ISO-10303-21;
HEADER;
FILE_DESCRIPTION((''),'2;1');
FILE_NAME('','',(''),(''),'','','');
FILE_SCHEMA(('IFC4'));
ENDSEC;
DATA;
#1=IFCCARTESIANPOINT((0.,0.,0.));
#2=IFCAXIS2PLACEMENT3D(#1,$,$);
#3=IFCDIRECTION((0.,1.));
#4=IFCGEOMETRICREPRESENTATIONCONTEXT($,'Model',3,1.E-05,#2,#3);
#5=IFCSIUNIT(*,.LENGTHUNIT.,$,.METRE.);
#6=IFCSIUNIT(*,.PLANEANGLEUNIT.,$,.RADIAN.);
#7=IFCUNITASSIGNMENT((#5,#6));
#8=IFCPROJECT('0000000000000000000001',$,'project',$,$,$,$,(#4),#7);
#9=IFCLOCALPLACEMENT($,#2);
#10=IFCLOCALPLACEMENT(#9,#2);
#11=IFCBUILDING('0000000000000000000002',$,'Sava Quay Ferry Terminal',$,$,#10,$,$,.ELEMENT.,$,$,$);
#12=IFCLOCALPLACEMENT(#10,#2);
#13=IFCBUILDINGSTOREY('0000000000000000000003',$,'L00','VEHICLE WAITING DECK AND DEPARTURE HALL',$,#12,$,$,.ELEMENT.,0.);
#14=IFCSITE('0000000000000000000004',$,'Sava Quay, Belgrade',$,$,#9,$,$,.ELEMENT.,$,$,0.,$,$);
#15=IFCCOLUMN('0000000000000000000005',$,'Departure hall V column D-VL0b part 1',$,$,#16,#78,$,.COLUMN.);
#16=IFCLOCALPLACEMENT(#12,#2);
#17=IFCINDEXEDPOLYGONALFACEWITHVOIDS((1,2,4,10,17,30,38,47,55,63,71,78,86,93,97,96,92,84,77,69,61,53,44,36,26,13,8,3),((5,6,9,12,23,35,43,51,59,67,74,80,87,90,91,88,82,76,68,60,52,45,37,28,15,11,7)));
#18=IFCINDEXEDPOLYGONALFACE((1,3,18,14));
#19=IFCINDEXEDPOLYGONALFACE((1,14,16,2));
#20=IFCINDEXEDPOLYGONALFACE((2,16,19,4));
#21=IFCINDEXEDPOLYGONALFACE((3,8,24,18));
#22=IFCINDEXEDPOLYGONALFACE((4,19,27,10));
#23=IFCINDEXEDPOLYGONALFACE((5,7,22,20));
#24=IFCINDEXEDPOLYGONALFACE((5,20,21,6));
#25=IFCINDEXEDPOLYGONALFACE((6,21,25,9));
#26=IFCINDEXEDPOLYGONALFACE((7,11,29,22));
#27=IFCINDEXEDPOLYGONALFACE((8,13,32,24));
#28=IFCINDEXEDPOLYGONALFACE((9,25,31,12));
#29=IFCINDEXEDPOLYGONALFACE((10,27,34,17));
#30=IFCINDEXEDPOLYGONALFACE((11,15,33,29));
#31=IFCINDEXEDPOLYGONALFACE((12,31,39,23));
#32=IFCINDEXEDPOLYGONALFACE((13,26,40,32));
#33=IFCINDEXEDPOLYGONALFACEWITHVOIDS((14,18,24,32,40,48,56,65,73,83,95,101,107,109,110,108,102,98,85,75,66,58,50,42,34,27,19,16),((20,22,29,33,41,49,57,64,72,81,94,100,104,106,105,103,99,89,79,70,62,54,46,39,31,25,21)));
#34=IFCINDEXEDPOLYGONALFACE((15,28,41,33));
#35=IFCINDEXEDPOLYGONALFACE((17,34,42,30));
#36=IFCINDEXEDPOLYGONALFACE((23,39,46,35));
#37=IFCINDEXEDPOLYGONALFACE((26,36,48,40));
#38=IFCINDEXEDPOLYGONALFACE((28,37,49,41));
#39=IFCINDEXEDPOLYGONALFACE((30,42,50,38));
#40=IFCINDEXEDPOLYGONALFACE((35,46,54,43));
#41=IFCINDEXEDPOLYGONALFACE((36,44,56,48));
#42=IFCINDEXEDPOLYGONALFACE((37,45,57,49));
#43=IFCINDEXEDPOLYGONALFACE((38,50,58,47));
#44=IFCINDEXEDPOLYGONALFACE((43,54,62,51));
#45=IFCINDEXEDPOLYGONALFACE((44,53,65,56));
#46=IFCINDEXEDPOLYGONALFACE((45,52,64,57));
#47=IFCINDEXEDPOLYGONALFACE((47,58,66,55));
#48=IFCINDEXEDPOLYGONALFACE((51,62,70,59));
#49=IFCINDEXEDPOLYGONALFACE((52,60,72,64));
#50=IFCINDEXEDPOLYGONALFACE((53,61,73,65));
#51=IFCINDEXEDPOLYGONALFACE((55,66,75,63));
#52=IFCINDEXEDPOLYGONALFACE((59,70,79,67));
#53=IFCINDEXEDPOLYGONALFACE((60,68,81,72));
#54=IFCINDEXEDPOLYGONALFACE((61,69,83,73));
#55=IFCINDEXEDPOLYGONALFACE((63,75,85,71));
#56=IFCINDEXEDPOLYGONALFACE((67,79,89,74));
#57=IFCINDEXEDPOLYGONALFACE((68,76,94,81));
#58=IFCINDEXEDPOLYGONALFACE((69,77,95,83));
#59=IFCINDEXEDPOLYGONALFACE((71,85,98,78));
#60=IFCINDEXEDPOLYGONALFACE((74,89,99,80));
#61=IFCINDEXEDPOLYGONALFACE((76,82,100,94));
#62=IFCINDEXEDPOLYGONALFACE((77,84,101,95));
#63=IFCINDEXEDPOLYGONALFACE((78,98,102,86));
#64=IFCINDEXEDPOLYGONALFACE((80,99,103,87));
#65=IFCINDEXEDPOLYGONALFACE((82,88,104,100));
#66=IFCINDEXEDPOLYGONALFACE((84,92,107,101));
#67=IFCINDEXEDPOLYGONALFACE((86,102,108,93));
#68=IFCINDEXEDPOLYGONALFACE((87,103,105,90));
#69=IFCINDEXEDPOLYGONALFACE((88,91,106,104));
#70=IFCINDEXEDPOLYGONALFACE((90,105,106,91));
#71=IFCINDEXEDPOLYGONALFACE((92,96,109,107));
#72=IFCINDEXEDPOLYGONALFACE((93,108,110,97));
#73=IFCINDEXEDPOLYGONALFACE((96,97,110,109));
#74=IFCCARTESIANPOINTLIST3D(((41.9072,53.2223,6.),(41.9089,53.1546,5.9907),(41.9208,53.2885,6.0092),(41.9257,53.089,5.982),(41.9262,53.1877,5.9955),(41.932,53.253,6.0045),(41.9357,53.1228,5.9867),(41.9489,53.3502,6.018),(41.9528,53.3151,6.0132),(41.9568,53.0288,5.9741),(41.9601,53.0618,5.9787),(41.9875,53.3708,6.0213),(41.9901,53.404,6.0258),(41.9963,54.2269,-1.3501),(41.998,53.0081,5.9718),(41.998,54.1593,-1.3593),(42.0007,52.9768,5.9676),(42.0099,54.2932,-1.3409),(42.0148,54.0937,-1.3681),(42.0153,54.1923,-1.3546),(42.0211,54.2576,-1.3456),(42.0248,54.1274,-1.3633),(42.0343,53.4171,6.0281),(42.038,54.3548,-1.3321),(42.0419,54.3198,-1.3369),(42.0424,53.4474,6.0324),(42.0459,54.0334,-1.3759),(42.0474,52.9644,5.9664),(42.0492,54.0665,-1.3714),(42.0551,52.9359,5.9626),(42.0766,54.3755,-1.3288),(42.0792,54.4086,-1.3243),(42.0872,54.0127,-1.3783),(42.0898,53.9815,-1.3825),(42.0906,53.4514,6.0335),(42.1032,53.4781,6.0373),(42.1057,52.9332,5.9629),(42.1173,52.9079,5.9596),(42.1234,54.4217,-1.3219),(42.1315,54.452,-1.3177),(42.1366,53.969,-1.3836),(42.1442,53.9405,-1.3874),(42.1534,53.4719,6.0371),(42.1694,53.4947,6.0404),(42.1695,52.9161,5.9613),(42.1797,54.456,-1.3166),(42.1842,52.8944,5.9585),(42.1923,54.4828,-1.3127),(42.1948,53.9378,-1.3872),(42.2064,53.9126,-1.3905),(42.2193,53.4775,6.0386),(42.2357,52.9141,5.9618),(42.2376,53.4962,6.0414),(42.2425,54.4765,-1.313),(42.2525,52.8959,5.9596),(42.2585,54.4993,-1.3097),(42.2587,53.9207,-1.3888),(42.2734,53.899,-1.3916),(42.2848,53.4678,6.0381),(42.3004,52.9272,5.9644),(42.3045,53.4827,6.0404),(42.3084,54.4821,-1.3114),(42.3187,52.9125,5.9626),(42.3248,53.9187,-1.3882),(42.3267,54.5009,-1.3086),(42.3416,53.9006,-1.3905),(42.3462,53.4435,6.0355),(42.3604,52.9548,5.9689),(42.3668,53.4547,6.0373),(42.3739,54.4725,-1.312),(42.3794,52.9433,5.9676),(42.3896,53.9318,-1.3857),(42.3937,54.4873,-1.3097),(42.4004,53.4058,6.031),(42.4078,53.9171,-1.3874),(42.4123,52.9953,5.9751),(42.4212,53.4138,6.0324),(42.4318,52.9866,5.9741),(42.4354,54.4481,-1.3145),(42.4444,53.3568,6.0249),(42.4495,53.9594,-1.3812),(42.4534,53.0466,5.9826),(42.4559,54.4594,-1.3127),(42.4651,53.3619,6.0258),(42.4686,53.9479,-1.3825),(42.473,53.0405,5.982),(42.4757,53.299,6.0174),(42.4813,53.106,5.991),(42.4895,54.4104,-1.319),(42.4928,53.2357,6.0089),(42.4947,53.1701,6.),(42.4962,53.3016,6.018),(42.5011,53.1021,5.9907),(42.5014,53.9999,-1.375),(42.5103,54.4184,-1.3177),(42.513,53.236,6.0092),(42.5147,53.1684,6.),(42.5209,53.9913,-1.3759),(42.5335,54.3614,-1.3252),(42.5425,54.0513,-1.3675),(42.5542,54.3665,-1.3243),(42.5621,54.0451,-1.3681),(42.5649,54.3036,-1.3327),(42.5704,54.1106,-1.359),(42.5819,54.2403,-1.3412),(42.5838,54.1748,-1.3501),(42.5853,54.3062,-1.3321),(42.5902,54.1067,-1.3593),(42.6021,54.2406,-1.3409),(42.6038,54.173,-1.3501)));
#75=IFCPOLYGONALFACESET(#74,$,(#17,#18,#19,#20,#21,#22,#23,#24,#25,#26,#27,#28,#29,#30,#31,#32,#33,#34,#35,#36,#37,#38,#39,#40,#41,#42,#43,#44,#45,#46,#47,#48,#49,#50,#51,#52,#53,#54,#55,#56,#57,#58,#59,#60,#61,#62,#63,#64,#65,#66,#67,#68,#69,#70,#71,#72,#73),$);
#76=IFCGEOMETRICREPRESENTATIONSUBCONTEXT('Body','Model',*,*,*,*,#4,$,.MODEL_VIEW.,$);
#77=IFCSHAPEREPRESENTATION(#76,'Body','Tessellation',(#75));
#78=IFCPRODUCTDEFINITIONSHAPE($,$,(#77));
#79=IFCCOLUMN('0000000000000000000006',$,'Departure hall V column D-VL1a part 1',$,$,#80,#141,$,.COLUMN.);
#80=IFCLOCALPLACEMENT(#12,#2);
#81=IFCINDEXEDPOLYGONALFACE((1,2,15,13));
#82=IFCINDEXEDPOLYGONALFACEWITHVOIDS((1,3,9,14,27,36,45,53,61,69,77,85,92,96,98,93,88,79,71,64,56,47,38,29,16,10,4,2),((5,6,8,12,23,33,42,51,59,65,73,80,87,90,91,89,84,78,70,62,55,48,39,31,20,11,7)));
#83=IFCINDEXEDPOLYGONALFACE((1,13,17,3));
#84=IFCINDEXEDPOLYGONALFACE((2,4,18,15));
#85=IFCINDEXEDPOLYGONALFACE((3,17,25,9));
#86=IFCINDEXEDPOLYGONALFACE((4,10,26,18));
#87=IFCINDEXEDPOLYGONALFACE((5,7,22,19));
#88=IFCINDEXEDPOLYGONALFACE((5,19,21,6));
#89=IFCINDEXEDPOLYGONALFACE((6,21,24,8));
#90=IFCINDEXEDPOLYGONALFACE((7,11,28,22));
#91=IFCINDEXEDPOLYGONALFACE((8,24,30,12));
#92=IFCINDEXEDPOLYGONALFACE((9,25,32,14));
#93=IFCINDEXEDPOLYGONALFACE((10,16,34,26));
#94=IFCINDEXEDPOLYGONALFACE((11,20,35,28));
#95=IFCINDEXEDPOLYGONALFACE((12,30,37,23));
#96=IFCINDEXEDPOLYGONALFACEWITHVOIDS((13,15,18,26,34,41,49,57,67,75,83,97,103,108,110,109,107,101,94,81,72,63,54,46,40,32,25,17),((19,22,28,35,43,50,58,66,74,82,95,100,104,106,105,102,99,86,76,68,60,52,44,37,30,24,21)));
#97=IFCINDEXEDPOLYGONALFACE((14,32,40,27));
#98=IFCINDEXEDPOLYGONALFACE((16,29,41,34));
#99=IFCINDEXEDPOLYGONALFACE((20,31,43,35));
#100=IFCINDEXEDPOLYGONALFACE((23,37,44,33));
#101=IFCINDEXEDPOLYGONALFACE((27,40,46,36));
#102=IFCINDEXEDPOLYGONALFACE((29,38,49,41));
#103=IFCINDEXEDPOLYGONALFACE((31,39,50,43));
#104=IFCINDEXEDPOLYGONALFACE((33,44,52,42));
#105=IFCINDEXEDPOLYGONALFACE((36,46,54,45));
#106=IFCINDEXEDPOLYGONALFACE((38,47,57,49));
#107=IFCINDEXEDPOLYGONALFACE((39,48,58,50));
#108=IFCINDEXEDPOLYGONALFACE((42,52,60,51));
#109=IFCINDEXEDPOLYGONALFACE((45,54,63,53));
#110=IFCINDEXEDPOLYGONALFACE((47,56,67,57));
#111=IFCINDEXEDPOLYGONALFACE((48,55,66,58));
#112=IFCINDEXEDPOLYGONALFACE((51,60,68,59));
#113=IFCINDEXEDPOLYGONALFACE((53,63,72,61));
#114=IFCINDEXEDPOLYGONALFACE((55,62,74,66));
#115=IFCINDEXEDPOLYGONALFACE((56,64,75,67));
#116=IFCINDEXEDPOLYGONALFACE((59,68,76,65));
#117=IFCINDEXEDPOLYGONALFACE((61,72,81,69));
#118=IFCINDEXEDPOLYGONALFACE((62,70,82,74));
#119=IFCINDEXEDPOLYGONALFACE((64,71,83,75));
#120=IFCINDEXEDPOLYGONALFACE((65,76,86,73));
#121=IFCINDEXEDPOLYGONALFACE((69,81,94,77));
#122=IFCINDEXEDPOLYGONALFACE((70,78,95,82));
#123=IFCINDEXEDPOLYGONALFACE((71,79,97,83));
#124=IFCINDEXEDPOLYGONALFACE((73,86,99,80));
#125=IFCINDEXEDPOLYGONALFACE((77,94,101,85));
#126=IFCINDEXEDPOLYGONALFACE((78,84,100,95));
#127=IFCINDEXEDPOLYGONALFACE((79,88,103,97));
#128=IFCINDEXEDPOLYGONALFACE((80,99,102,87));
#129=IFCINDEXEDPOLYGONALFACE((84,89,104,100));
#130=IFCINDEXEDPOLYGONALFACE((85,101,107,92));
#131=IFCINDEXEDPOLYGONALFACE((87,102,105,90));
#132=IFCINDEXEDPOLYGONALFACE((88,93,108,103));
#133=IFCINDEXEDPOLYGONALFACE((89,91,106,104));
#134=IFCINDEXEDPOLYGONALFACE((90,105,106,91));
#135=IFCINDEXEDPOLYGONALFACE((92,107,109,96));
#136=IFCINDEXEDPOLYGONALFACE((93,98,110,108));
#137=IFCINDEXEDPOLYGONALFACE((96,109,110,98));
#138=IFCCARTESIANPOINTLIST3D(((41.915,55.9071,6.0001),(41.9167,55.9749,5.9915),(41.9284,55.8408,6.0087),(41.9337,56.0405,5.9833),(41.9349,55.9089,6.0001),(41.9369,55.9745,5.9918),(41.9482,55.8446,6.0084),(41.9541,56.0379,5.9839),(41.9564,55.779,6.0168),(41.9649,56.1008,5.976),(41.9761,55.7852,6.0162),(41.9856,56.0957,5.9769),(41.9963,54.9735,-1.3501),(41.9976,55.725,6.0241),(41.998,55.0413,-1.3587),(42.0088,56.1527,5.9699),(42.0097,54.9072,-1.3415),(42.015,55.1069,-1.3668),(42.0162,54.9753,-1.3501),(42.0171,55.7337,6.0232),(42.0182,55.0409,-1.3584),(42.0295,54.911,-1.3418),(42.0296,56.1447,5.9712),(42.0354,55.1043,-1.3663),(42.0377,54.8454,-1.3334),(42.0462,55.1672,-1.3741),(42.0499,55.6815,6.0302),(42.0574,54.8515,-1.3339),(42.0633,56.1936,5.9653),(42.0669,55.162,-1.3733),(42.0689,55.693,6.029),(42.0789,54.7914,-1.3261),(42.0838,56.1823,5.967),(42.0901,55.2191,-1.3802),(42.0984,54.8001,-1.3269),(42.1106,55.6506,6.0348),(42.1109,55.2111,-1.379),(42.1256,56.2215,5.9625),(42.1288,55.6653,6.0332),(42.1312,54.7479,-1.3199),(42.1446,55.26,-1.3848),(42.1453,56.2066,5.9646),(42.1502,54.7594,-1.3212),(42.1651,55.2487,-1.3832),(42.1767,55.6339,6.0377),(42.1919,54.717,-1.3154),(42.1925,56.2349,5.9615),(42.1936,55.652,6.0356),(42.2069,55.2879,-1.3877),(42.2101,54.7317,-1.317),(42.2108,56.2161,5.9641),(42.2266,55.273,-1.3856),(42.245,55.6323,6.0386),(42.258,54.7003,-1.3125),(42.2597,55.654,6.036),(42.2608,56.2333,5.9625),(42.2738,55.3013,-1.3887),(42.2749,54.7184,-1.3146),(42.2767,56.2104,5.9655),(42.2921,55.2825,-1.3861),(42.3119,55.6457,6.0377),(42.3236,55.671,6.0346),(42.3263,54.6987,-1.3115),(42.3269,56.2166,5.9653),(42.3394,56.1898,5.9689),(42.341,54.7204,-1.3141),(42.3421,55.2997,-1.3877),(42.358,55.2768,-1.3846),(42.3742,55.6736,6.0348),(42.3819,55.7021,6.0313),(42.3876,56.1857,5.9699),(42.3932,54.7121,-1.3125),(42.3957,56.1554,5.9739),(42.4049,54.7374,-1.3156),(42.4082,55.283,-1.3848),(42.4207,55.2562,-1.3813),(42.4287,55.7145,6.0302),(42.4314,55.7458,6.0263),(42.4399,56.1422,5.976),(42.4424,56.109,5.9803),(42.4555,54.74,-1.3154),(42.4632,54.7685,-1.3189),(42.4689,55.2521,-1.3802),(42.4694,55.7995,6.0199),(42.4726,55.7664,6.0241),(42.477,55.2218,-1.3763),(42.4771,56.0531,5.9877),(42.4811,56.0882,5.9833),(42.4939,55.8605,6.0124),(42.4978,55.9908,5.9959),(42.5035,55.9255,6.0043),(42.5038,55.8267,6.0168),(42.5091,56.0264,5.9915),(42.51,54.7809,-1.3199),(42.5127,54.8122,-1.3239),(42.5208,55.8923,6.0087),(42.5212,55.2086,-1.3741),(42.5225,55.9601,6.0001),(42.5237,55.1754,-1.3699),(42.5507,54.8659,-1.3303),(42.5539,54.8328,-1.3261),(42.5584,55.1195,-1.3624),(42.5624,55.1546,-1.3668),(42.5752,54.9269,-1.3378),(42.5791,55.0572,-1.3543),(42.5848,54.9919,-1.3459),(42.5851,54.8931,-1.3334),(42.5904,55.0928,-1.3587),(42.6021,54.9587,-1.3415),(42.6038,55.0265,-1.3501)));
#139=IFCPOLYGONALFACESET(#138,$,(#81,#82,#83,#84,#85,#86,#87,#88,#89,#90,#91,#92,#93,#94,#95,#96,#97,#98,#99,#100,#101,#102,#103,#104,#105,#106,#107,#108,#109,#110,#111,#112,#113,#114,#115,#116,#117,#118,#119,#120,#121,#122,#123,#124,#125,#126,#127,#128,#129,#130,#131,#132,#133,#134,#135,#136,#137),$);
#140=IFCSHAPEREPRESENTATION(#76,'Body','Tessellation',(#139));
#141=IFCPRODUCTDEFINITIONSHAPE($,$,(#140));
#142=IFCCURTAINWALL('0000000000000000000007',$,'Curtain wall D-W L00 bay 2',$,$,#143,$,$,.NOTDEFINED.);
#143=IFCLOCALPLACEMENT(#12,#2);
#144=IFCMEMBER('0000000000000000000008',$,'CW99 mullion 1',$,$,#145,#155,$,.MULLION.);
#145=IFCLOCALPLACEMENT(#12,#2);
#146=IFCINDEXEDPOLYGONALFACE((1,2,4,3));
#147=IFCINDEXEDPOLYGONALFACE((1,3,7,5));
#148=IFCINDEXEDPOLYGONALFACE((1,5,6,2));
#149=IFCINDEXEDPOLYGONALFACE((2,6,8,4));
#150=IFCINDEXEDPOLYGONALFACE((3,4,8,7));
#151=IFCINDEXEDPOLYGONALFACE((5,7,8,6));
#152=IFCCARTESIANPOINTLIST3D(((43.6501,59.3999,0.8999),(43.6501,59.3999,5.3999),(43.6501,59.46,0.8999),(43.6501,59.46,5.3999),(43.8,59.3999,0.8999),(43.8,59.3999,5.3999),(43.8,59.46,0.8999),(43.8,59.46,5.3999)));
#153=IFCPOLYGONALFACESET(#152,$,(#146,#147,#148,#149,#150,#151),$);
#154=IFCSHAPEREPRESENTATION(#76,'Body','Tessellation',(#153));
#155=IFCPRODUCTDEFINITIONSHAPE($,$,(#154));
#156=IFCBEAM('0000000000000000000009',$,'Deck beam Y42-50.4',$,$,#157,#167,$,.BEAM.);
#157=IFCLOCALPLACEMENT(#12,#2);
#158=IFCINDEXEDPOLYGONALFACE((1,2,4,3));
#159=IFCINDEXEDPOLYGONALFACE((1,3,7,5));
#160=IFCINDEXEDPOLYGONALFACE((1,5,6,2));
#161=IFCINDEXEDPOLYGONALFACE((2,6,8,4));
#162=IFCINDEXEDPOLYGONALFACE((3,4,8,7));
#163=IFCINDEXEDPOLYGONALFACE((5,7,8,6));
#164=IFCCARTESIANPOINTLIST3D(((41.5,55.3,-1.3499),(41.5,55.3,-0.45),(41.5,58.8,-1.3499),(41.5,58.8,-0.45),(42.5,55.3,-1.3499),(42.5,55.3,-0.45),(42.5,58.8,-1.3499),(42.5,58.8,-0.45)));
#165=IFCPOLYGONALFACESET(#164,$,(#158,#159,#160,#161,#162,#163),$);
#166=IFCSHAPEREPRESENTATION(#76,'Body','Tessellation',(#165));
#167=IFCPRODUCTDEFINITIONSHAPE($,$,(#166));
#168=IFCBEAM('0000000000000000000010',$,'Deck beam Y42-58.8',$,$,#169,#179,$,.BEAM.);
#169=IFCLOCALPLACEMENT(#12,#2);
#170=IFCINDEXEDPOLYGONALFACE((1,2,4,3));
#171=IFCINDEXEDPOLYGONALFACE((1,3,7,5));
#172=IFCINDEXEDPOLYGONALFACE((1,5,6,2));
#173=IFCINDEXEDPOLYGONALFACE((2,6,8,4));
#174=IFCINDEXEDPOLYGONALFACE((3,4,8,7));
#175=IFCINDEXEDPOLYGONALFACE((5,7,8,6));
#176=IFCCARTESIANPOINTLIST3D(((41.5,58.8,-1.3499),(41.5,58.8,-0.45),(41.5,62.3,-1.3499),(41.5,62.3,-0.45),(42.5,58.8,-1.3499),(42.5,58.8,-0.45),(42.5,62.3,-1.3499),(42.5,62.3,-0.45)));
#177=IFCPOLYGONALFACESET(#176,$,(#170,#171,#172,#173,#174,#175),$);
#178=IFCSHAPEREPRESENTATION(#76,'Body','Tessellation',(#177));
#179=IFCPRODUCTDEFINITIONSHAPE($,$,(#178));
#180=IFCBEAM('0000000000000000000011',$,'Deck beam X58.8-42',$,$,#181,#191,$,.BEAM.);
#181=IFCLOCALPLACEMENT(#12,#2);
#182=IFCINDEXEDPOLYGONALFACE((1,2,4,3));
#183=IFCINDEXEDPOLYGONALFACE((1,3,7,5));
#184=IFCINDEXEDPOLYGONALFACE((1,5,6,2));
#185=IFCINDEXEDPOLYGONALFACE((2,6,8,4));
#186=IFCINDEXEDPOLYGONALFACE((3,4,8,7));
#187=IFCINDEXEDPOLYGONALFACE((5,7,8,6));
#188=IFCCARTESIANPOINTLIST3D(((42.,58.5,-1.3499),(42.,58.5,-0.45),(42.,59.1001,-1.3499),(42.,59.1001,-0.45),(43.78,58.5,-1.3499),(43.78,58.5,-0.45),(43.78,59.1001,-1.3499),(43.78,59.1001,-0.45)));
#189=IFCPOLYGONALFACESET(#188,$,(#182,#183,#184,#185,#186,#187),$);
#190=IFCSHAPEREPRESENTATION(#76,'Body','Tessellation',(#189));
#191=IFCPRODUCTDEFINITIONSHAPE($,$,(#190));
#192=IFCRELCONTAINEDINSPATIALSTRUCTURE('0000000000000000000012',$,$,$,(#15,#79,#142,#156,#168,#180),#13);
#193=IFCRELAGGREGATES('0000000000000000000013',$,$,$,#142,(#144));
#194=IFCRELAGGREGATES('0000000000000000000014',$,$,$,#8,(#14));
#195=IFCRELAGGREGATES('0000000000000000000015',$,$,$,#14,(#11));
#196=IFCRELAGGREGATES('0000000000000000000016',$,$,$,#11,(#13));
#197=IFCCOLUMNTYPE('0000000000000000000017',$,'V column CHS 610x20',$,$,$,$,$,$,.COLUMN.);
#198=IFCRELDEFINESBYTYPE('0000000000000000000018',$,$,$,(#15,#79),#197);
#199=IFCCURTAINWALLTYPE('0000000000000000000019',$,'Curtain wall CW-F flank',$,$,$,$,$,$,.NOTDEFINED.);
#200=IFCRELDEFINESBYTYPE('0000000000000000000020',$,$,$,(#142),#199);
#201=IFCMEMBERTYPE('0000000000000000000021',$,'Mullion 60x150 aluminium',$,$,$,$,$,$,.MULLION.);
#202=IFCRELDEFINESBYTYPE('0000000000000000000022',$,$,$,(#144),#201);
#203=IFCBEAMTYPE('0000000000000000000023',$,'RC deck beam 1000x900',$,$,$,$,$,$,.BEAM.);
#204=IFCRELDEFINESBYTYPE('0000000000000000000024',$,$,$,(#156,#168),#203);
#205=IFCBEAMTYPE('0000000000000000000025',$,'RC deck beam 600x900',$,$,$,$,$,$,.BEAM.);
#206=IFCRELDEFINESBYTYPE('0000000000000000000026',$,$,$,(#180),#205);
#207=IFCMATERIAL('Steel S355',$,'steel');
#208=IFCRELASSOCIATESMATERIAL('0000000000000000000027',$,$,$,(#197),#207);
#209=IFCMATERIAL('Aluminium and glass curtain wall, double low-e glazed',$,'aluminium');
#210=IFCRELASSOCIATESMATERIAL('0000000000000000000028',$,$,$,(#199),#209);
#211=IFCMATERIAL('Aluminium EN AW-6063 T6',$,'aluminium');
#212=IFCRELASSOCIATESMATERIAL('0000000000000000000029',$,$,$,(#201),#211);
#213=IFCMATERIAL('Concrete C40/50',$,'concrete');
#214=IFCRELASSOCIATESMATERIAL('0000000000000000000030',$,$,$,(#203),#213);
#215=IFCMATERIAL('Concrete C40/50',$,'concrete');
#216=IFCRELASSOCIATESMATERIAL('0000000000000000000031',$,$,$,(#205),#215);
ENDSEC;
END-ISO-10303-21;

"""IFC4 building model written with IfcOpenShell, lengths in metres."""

from ifc_helpers import new_model, si_unit, direction, frame, origin, origin_2d, place, context, subcontext, project, spatial, rectangle, hollow_circle, extrude, material, material_profile, profile_set, type_object, element, aggregate, save


model = new_model("IFC4")

# Units and contexts
model_context = context("Model", 3, precision=1e-05, world=origin(), true_north=direction((0.0, 1.0)))
body_context = subcontext(model_context, "Body", "Model", "MODEL_VIEW")
ifc_project = project(units=[si_unit("LENGTHUNIT", "METRE"), si_unit("PLANEANGLEUNIT", "RADIAN")], contexts=[model_context])

# Site, building, storey
site_placement = place(None, origin())
site = spatial("IfcSite", under=ifc_project, at=site_placement, Name="Sava Quay, Belgrade", CompositionType="ELEMENT", RefElevation=0.0)
building_placement = place(site_placement, origin())
building = spatial("IfcBuilding", under=site, at=building_placement, Name="Sava Quay Ferry Terminal", CompositionType="ELEMENT")
storey_placement = place(building_placement, origin())
storey = spatial("IfcBuildingStorey", under=building, at=storey_placement, Name="L00", Description="VEHICLE WAITING DECK AND DEPARTURE HALL", CompositionType="ELEMENT", Elevation=0.0)

# Columns
ifc_material_1 = material(Name="Steel S355", Category="steel")
ifc_material_profile_1 = material_profile(ifc_material_1, hollow_circle(Radius=0.3049, WallThickness=0.02, at=origin_2d()), Name="CHS 610 x 20.0")
ifc_profile_set_1 = profile_set([ifc_material_profile_1], Name="Steel S355")
column_type_1 = type_object("IfcColumnType", Name="V column CHS 610x20", PredefinedType="COLUMN", material=ifc_profile_set_1)
column_1_placement = place(storey_placement, frame((42.3, 54.2, -1.3501), z_axis=(-0.012011, -0.135415, 0.990716), x_axis=(0.996089, -0.088353, 0.0)))
element("IfcColumn", 1, at=column_1_placement, inside=storey, type_object=column_type_1, Name="Departure hall V column D-VL0b part 1", PredefinedType="COLUMN", context=body_context, shape_type="SweptSolid", body=[
    extrude(hollow_circle(Radius=0.3049, WallThickness=0.02, at=origin_2d()), origin(), (0.0, 0.0, 1.0), 7.4189),
])
column_2_placement = place(storey_placement, frame((42.3, 55.0, -1.3501), z_axis=(-0.010972, 0.125998, 0.99197), x_axis=(-0.99623, -0.086753, 0.0)))
element("IfcColumn", 2, at=column_2_placement, inside=storey, type_object=column_type_1, Name="Departure hall V column D-VL1a part 1", PredefinedType="COLUMN", context=body_context, shape_type="SweptSolid", body=[
    extrude(hollow_circle(Radius=0.3049, WallThickness=0.02, at=origin_2d()), origin(), (0.0, 0.0, 1.0), 7.4097),
])

# Curtain wall, member
ifc_material_2 = material(Name="Aluminium and glass curtain wall, double low-e glazed", Category="aluminium")
curtain_wall_type = type_object("IfcCurtainWallType", Name="Curtain wall CW-F flank", PredefinedType="NOTDEFINED", material=ifc_material_2)
curtain_wall_placement = place(storey_placement, origin())
curtain_wall = element("IfcCurtainWall", 3, at=curtain_wall_placement, inside=storey, type_object=curtain_wall_type, Name="Curtain wall D-W L00 bay 2", PredefinedType="NOTDEFINED")
ifc_material_3 = material(Name="Aluminium EN AW-6063 T6", Category="aluminium")
ifc_material_profile_2 = material_profile(ifc_material_3, rectangle(XDim=0.1499, YDim=0.0601, at=origin_2d()), Name="Mullion 60x150 aluminium")
ifc_profile_set_2 = profile_set([ifc_material_profile_2], Name="Aluminium EN AW-6063 T6")
member_type_1 = type_object("IfcMemberType", Name="Mullion 60x150 aluminium", PredefinedType="MULLION", material=ifc_profile_set_2)
member_1_placement = place(storey_placement, frame((43.7251, 59.4299, 0.8999), z_axis=(0.0, 0.0, 1.0), x_axis=(-1.0, 0.0, 0.0)))
member_1 = element("IfcMember", 4, at=member_1_placement, type_object=member_type_1, Name="CW99 mullion 1", PredefinedType="MULLION", context=body_context, shape_type="SweptSolid", body=[
    extrude(rectangle(XDim=0.1499, YDim=0.0601, at=origin_2d()), origin(), (0.0, 0.0, 1.0), 4.5),
])

# Beams
ifc_material_4 = material(Name="Concrete C40/50", Category="concrete")
ifc_material_profile_3 = material_profile(ifc_material_4, rectangle(XDim=1.0, YDim=0.8999, at=origin_2d()), Name="RC 1000x900")
ifc_profile_set_3 = profile_set([ifc_material_profile_3], Name="Concrete C40/50")
beam_type_1 = type_object("IfcBeamType", Name="RC deck beam 1000x900", PredefinedType="BEAM", material=ifc_profile_set_3)
for number, where, z_axis, x_axis, name in (
    (5, (42.0, 55.3, -0.8999), (0.0, 1.0, 0.0), (-1.0, 0.0, 0.0), "Deck beam Y42-50.4"),
    (6, (42.0, 58.8, -0.8999), (0.0, 1.0, 0.0), (-1.0, 0.0, 0.0), "Deck beam Y42-58.8"),
):
    element("IfcBeam", number, at=place(storey_placement, frame(where, z_axis=z_axis, x_axis=x_axis)), inside=storey, type_object=beam_type_1, Name=name, PredefinedType="BEAM", context=body_context, shape_type="SweptSolid", body=[
        extrude(rectangle(XDim=1.0, YDim=0.8999, at=origin_2d()), origin(), (0.0, 0.0, 1.0), 3.5),
    ])
ifc_material_5 = material(Name="Concrete C40/50", Category="concrete")
ifc_material_profile_4 = material_profile(ifc_material_5, rectangle(XDim=0.6001, YDim=0.8999, at=origin_2d()), Name="RC 600x900")
ifc_profile_set_4 = profile_set([ifc_material_profile_4], Name="Concrete C40/50")
beam_type_2 = type_object("IfcBeamType", Name="RC deck beam 600x900", PredefinedType="BEAM", material=ifc_profile_set_4)
beam_1_placement = place(storey_placement, frame((42.0, 58.8, -0.8999), z_axis=(1.0, 0.0, 0.0), x_axis=(0.0, 1.0, 0.0)))
element("IfcBeam", 7, at=beam_1_placement, inside=storey, type_object=beam_type_2, Name="Deck beam X58.8-42", PredefinedType="BEAM", context=body_context, shape_type="SweptSolid", body=[
    extrude(rectangle(XDim=0.6001, YDim=0.8999, at=origin_2d()), origin(), (0.0, 0.0, 1.0), 1.78),
])

aggregate(curtain_wall, [member_1])

save(model, "model.ifc")
